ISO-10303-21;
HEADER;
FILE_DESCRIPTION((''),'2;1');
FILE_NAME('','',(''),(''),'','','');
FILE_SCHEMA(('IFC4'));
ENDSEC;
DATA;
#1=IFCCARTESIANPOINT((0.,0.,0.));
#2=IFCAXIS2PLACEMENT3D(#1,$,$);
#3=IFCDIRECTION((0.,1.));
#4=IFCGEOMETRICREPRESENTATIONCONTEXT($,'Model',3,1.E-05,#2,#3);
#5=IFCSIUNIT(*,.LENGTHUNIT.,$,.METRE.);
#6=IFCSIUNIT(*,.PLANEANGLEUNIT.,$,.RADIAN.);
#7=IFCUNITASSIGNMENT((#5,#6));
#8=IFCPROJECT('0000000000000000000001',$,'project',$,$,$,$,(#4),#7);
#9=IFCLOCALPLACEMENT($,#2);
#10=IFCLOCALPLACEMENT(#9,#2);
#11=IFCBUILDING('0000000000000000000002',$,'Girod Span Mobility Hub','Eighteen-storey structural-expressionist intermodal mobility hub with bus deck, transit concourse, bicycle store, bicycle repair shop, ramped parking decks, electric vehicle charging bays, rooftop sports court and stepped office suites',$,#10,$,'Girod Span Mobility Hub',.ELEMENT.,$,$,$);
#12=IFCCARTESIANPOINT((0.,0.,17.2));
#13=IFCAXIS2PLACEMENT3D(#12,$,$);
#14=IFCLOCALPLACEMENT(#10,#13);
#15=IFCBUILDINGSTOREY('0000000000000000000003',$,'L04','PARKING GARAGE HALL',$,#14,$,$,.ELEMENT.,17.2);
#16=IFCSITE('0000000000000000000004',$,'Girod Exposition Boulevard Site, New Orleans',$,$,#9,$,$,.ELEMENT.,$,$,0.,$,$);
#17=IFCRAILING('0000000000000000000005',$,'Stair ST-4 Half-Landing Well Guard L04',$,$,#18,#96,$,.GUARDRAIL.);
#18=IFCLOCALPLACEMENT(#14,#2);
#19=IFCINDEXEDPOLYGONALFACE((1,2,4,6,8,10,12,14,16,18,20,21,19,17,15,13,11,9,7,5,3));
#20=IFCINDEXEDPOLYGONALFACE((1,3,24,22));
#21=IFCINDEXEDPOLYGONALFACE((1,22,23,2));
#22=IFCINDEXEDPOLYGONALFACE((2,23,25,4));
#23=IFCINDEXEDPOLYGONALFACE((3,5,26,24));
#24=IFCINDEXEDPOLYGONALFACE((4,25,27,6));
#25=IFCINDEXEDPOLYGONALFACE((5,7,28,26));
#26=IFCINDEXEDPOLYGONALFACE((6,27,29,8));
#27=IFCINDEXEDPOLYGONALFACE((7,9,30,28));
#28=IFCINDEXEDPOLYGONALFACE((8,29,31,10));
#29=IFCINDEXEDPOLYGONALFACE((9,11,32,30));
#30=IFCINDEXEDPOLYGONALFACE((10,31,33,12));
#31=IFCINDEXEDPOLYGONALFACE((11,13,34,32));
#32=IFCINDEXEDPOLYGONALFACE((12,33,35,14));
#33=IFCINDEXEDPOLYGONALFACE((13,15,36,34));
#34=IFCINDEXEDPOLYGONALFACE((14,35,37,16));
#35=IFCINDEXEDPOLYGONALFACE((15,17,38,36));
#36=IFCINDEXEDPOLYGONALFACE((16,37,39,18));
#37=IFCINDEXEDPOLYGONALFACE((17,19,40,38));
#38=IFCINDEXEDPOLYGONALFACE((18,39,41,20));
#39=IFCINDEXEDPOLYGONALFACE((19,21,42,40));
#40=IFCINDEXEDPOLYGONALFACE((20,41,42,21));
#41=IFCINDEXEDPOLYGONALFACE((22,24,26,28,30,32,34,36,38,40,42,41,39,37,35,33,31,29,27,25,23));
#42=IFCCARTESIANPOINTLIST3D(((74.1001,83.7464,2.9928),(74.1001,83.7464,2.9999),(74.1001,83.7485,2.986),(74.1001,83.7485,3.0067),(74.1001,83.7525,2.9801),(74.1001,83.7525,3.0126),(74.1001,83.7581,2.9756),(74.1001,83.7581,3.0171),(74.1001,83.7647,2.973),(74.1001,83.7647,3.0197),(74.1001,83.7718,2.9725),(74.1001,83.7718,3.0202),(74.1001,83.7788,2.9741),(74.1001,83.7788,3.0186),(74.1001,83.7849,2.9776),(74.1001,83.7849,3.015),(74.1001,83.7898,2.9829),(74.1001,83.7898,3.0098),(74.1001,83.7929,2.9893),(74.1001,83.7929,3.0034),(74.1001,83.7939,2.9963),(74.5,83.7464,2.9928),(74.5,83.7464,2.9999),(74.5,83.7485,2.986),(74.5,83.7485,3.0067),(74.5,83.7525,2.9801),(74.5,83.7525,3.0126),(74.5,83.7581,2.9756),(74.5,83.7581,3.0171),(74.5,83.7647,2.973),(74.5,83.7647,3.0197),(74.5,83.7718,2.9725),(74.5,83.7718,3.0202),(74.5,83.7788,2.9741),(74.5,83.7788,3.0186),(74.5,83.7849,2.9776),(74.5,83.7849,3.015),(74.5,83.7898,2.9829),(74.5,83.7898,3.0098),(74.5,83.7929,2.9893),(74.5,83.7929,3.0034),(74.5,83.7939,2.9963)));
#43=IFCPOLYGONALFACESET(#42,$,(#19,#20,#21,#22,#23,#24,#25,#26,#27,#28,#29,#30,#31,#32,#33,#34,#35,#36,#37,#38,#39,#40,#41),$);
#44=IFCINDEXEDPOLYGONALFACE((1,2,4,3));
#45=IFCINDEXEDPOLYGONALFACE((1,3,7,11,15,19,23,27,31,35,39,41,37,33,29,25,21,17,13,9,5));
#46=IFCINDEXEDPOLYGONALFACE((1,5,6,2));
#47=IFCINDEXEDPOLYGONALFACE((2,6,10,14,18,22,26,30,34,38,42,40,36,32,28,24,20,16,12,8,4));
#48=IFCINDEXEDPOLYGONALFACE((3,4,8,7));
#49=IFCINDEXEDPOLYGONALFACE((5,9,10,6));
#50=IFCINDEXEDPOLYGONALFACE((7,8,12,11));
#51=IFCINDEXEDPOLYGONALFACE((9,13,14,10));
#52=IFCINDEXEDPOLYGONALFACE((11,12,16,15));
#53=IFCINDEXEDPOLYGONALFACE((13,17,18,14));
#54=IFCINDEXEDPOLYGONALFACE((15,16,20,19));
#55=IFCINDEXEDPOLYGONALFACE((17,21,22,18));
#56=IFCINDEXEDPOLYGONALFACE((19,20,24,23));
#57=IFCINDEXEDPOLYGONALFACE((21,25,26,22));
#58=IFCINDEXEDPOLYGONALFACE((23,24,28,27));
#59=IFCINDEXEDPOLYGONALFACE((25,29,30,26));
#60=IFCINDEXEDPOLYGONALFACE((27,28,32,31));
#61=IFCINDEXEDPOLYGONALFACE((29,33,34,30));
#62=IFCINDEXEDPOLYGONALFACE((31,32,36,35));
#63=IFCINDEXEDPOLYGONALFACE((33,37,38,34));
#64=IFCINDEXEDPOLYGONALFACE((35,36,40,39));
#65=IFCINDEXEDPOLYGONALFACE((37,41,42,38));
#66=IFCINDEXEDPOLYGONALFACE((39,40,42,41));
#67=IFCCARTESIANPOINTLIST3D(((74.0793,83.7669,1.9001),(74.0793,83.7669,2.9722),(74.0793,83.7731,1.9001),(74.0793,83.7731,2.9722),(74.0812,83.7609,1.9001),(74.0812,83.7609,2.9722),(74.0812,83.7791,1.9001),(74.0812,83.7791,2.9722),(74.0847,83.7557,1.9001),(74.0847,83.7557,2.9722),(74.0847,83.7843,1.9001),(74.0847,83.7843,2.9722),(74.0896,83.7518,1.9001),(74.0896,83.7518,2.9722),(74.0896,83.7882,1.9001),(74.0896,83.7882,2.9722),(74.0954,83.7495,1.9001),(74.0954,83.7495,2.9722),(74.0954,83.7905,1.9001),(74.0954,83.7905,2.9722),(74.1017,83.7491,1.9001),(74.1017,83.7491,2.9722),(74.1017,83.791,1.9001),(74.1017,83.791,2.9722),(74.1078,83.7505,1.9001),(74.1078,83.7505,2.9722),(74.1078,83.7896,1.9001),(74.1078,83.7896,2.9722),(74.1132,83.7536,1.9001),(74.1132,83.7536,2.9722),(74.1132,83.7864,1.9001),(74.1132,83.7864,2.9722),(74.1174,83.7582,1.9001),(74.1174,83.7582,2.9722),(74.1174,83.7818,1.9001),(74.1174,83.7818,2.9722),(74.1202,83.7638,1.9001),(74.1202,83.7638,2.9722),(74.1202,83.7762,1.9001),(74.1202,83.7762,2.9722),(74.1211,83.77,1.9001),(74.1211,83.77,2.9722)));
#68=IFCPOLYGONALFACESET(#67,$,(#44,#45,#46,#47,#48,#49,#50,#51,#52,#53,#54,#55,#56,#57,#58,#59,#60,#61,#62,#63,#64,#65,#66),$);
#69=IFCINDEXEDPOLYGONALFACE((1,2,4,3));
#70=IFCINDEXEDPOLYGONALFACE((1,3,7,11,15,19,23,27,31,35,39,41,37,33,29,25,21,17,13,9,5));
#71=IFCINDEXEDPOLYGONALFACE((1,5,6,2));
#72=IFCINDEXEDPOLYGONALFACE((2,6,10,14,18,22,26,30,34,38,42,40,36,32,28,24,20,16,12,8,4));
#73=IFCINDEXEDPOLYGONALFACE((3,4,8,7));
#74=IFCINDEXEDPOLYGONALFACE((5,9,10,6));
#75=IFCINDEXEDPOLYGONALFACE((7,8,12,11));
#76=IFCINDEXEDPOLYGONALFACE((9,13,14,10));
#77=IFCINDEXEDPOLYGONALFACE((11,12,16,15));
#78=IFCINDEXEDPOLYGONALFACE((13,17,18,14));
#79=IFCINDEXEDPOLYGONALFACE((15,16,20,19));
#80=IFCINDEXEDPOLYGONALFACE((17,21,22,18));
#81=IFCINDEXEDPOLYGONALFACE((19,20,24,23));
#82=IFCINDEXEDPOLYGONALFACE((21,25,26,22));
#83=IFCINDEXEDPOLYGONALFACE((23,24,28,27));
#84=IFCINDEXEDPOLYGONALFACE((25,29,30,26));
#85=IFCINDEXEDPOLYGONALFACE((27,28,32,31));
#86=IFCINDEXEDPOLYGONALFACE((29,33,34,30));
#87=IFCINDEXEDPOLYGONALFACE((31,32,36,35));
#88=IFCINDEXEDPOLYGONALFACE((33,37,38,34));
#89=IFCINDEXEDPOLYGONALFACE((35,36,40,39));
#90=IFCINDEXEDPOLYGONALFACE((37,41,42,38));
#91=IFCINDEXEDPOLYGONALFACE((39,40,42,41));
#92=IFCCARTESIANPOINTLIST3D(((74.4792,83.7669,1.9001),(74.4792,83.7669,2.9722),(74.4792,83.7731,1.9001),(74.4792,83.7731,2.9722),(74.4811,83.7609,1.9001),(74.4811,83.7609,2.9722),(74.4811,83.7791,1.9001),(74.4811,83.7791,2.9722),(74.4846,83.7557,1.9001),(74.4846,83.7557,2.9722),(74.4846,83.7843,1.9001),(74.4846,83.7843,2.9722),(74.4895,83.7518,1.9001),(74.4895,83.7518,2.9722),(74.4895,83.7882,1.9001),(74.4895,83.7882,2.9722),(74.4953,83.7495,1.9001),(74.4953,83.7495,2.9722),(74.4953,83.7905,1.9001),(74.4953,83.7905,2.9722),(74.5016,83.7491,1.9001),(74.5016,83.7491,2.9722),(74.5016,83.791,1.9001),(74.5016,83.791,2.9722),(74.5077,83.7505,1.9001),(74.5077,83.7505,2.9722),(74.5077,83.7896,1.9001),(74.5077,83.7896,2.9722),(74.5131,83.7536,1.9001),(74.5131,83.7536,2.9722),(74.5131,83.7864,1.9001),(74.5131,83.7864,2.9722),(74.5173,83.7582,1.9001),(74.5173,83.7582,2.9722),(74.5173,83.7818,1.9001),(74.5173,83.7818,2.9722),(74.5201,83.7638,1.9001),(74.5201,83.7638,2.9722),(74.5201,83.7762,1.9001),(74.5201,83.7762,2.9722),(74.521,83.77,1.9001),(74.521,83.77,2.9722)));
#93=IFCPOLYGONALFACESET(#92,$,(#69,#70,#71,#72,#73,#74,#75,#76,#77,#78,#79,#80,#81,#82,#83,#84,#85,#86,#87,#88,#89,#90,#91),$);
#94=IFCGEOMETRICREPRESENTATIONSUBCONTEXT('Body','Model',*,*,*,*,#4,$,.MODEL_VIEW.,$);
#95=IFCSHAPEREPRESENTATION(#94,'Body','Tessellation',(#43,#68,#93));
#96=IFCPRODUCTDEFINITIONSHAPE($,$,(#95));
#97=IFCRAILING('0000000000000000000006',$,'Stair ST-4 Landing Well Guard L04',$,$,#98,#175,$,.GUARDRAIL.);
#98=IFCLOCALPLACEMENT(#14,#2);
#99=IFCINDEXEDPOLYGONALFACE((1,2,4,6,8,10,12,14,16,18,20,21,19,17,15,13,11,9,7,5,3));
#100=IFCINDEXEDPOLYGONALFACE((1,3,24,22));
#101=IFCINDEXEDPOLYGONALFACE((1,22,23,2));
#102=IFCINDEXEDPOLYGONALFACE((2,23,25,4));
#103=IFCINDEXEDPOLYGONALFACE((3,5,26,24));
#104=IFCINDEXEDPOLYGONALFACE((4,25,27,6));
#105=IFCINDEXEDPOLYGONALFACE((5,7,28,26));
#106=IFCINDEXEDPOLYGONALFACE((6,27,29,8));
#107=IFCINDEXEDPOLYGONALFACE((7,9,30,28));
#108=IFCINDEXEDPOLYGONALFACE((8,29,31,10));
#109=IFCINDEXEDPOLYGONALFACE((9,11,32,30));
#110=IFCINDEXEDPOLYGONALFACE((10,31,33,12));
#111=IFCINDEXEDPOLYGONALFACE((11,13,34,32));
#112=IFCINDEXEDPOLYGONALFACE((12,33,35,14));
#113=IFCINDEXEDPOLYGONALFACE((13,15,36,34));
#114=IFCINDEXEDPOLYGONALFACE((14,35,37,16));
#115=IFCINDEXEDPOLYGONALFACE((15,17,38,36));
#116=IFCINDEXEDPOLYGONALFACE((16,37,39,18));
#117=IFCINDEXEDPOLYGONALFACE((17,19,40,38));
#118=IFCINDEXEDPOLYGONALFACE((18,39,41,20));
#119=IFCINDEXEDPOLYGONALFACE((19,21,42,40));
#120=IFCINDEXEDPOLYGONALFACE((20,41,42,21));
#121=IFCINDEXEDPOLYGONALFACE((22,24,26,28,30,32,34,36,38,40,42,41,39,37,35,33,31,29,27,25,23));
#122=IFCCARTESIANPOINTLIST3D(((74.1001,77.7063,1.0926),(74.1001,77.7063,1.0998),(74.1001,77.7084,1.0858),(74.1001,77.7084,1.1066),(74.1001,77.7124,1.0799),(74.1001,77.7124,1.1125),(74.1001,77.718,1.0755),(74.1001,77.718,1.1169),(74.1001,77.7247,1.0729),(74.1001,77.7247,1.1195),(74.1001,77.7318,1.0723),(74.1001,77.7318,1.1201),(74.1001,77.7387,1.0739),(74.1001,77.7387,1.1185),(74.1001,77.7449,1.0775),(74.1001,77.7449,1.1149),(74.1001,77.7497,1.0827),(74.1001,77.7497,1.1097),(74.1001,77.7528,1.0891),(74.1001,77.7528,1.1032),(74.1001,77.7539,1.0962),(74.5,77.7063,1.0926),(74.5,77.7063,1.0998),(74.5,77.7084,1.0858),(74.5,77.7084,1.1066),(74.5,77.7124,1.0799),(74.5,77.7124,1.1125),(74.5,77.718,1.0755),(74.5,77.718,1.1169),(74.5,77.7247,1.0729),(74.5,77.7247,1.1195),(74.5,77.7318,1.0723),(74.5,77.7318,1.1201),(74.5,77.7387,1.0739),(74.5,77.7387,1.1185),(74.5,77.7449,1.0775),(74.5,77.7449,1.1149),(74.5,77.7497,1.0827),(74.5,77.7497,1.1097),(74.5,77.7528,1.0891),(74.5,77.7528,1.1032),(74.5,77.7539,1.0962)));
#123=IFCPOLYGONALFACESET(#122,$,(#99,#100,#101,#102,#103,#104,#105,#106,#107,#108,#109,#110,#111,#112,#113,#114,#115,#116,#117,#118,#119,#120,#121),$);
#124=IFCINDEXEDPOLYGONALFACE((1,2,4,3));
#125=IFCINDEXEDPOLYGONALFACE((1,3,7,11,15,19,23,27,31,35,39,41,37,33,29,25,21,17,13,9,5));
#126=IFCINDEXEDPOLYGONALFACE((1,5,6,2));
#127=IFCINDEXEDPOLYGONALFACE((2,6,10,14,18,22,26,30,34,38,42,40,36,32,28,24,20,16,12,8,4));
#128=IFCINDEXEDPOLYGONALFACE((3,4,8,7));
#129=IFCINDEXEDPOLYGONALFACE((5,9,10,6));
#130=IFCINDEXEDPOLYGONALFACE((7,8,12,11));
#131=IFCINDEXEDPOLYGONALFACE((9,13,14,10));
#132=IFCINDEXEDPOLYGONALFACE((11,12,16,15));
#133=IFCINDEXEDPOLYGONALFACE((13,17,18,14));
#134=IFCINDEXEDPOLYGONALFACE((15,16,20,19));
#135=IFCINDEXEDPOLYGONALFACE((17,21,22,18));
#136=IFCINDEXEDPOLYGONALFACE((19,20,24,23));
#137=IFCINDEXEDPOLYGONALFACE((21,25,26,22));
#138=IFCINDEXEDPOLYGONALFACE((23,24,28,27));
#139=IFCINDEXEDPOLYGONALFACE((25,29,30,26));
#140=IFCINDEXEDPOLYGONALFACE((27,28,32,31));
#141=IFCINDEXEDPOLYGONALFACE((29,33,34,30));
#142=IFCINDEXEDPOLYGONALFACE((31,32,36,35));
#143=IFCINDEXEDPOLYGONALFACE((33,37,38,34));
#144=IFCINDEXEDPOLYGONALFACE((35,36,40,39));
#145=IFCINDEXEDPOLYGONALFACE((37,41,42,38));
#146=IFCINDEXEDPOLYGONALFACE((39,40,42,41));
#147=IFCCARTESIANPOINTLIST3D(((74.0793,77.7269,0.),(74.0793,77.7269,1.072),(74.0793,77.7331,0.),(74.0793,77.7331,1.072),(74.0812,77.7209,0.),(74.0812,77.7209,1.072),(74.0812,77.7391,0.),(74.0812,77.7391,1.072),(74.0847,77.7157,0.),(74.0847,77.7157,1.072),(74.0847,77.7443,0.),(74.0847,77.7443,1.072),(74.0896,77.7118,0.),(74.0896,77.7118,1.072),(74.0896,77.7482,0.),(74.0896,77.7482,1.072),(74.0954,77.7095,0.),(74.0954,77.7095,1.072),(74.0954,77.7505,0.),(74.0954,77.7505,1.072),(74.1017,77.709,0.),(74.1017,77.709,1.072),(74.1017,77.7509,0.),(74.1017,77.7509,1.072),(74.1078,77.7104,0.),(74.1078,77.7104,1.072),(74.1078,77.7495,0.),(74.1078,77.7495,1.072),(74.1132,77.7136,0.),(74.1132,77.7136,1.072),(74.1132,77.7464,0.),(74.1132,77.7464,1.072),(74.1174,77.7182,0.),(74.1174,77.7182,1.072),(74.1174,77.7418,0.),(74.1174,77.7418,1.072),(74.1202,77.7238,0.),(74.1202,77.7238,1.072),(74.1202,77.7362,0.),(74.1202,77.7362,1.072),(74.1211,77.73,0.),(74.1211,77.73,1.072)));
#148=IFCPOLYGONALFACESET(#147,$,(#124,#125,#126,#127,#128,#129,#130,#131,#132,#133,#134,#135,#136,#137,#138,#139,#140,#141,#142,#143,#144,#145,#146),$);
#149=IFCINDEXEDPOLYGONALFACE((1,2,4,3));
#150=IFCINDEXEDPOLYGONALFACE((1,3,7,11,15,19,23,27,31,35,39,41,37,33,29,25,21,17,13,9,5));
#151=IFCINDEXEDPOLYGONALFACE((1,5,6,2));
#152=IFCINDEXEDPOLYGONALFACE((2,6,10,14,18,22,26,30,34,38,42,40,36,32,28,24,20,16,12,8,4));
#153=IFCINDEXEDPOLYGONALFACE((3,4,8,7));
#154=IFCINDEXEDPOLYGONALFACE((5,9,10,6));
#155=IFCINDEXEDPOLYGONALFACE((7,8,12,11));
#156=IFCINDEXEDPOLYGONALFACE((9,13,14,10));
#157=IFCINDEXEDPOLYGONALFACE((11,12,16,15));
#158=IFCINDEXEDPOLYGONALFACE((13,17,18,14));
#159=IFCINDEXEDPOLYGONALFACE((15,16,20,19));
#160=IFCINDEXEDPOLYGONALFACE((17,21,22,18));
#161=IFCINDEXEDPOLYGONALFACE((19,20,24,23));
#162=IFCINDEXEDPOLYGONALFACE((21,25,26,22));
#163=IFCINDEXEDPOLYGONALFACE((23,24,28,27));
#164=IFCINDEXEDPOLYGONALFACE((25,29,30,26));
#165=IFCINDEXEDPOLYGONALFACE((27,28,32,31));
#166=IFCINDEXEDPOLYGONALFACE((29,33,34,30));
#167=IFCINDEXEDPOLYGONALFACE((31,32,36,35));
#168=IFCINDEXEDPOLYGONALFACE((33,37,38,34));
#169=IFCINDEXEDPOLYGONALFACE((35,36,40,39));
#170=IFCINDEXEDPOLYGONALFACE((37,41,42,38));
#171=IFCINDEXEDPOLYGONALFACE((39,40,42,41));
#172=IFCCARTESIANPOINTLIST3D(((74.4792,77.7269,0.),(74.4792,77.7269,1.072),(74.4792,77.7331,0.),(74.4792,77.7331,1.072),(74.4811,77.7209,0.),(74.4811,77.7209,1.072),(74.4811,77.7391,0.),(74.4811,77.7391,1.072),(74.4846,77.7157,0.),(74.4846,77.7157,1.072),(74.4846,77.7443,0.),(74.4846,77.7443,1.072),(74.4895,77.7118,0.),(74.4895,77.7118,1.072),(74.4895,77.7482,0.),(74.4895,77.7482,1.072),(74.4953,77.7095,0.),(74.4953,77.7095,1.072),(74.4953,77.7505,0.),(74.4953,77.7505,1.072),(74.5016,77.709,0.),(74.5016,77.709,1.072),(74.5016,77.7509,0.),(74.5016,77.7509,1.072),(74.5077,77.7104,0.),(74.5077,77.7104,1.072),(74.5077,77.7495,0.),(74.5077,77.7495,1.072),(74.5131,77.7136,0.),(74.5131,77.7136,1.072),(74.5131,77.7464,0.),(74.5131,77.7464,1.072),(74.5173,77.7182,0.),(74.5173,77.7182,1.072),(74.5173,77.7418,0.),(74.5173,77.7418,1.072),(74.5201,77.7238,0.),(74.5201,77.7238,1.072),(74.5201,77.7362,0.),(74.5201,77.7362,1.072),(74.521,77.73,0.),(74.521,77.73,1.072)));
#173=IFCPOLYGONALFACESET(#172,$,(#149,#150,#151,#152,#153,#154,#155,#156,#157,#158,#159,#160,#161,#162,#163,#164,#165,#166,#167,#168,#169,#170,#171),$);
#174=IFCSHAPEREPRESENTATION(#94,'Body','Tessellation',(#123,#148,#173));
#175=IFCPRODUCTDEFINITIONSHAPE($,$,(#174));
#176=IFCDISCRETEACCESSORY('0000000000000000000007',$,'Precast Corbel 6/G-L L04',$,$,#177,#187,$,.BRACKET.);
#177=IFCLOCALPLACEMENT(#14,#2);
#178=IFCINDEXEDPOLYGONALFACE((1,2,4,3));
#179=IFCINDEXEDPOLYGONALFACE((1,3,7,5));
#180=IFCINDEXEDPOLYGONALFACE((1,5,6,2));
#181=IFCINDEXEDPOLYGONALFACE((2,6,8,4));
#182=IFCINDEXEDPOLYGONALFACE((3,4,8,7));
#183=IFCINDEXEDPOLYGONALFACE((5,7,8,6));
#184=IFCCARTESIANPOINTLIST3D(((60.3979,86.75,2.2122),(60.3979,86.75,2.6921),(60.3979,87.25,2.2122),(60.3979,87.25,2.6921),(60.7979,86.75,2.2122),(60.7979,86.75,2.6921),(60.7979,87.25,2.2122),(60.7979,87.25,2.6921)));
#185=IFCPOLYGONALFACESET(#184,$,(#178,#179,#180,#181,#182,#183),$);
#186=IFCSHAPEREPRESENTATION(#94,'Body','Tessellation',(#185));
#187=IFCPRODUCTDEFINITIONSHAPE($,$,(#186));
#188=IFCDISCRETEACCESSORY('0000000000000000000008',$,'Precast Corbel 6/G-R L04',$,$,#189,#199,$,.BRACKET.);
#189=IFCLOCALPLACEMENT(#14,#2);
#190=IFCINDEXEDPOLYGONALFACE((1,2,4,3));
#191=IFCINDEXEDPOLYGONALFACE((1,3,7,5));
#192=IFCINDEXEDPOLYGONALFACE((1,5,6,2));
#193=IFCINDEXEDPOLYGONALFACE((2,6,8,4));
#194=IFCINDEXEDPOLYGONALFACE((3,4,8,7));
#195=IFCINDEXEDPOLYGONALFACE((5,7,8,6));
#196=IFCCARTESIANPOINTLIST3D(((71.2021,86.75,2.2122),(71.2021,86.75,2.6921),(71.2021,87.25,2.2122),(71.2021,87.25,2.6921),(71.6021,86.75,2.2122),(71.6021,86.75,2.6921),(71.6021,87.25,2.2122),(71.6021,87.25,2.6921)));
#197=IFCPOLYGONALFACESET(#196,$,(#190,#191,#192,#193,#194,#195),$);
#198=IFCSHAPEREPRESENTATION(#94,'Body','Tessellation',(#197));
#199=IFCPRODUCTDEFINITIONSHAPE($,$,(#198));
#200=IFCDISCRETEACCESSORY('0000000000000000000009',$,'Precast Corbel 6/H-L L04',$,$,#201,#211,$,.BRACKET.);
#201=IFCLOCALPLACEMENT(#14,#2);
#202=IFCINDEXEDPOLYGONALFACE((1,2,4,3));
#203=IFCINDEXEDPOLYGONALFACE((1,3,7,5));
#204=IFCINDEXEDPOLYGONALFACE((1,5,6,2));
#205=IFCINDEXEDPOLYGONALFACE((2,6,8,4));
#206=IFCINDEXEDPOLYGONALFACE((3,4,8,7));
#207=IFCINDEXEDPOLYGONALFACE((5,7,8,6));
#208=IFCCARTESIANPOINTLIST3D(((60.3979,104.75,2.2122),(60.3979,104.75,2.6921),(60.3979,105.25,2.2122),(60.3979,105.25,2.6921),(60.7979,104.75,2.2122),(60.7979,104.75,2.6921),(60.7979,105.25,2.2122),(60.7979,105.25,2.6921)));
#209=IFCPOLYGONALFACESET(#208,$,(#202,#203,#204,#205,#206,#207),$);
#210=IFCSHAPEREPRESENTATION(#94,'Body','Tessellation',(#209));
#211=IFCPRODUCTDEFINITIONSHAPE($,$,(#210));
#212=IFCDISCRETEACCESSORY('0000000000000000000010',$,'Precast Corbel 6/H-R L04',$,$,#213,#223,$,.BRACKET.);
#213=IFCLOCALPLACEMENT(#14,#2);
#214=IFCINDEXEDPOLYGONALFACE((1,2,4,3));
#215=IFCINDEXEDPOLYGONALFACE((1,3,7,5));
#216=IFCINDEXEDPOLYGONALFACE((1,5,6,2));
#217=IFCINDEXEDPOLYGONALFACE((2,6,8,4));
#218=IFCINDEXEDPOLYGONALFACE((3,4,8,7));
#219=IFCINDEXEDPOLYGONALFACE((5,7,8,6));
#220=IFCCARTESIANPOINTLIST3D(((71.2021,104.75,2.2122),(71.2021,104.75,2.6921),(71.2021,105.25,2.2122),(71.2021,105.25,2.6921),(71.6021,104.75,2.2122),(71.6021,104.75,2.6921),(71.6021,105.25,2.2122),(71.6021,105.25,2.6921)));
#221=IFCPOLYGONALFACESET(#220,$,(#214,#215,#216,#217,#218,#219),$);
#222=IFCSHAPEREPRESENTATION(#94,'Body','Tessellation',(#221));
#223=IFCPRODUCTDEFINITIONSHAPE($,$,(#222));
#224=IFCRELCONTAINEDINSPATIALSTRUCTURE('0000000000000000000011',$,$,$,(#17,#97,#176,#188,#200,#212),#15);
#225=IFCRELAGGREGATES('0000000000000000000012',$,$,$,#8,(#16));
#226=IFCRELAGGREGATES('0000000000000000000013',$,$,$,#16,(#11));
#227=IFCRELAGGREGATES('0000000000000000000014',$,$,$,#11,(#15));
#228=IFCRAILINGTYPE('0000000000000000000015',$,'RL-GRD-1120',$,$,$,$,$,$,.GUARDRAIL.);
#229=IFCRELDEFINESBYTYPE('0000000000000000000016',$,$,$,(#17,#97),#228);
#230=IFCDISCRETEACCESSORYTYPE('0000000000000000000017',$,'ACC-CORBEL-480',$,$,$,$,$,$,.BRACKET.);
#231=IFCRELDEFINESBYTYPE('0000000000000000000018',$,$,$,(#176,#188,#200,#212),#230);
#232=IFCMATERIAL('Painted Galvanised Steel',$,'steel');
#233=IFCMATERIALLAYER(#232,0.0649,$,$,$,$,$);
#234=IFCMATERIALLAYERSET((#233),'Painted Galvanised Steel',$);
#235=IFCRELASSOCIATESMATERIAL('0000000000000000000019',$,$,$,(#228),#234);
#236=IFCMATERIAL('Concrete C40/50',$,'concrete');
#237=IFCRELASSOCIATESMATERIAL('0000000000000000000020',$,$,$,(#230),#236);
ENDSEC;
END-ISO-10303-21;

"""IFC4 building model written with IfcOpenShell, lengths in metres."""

from ifc_helpers import new_model, si_unit, direction, frame, origin, origin_2d, place, context, subcontext, project, spatial, rectangle, circle, extrude, material, layer, layer_set, type_object, element, save


model = new_model("IFC4")

# Units and contexts
model_context = context("Model", 3, precision=1e-05, world=origin(), true_north=direction((0.0, 1.0)))
body_context = subcontext(model_context, "Body", "Model", "MODEL_VIEW")
ifc_project = project(units=[si_unit("LENGTHUNIT", "METRE"), si_unit("PLANEANGLEUNIT", "RADIAN")], contexts=[model_context])

# Site, building, storey
site_placement = place(None, origin())
site = spatial("IfcSite", under=ifc_project, at=site_placement, Name="Girod Exposition Boulevard Site, New Orleans", CompositionType="ELEMENT", RefElevation=0.0)
building_placement = place(site_placement, origin())
building = spatial("IfcBuilding", under=site, at=building_placement, Name="Girod Span Mobility Hub", Description="Eighteen-storey structural-expressionist intermodal mobility hub with bus deck, transit concourse, bicycle store, bicycle repair shop, ramped parking decks, electric vehicle charging bays, rooftop sports court and stepped office suites", LongName="Girod Span Mobility Hub", CompositionType="ELEMENT")
storey_placement = place(building_placement, frame((0.0, 0.0, 17.2)))
storey = spatial("IfcBuildingStorey", under=building, at=storey_placement, Name="L04", Description="PARKING GARAGE HALL", CompositionType="ELEMENT", Elevation=17.2)

# Railings
ifc_material_1 = material(Name="Painted Galvanised Steel", Category="steel")
ifc_layer_1 = layer(ifc_material_1, 0.0649)
ifc_layer_set_1 = layer_set([ifc_layer_1], Name="Painted Galvanised Steel")
railing_type_1 = type_object("IfcRailingType", Name="RL-GRD-1120", PredefinedType="GUARDRAIL", material=ifc_layer_set_1)
for number, where, name in (
    (1, (74.1001, 83.77, 1.9001), "Stair ST-4 Half-Landing Well Guard L04"),
    (2, (74.1001, 77.73, 0.0), "Stair ST-4 Landing Well Guard L04"),
):
    element("IfcRailing", number, at=place(storey_placement, frame(where)), inside=storey, type_object=railing_type_1, Name=name, PredefinedType="GUARDRAIL", context=body_context, shape_type="SweptSolid", body=[
        extrude(circle(Radius=0.0239, at=origin_2d()), frame((0.0, 0.0, 1.0962), z_axis=(1.0, 0.0, 0.0), x_axis=(0.0, 1.0, 0.0)), (0.0, 0.0, 1.0), 0.3999),
        extrude(circle(Radius=0.021, at=origin_2d()), origin(), (0.0, 0.0, 1.0), 1.072),
        extrude(circle(Radius=0.021, at=origin_2d()), frame((0.3999, 0.0, 0.0)), (0.0, 0.0, 1.0), 1.072),
    ])

# Discrete accessories
ifc_material_2 = material(Name="Concrete C40/50", Category="concrete")
discrete_accessory_type = type_object("IfcDiscreteAccessoryType", Name="ACC-CORBEL-480", PredefinedType="BRACKET", material=ifc_material_2)
for number, where, z_axis, x_axis, name in (
    (3, (60.5979, 87.0, 2.2122), (0.0, 0.0, 1.0), (1.0, 0.0, 0.0), "Precast Corbel 6/G-L L04"),
    (4, (71.4021, 87.0, 2.2122), (0.0, 0.0, 1.0), (1.0, 0.0, 0.0), "Precast Corbel 6/G-R L04"),
    (5, (60.5979, 105.0, 2.2122), (0.0, 0.0, 1.0), (1.0, 0.0, 0.0), "Precast Corbel 6/H-L L04"),
    (6, (71.4021, 105.0, 2.2122), (0.0, 0.0, 1.0), (1.0, 0.0, 0.0), "Precast Corbel 6/H-R L04"),
):
    element("IfcDiscreteAccessory", number, at=place(storey_placement, frame(where, z_axis=z_axis, x_axis=x_axis)), inside=storey, type_object=discrete_accessory_type, Name=name, PredefinedType="BRACKET", context=body_context, shape_type="SweptSolid", body=[
        extrude(rectangle(XDim=0.3999, YDim=0.5, at=origin_2d()), origin(), (0.0, 0.0, 1.0), 0.48),
    ])

save(model, "model.ifc")
